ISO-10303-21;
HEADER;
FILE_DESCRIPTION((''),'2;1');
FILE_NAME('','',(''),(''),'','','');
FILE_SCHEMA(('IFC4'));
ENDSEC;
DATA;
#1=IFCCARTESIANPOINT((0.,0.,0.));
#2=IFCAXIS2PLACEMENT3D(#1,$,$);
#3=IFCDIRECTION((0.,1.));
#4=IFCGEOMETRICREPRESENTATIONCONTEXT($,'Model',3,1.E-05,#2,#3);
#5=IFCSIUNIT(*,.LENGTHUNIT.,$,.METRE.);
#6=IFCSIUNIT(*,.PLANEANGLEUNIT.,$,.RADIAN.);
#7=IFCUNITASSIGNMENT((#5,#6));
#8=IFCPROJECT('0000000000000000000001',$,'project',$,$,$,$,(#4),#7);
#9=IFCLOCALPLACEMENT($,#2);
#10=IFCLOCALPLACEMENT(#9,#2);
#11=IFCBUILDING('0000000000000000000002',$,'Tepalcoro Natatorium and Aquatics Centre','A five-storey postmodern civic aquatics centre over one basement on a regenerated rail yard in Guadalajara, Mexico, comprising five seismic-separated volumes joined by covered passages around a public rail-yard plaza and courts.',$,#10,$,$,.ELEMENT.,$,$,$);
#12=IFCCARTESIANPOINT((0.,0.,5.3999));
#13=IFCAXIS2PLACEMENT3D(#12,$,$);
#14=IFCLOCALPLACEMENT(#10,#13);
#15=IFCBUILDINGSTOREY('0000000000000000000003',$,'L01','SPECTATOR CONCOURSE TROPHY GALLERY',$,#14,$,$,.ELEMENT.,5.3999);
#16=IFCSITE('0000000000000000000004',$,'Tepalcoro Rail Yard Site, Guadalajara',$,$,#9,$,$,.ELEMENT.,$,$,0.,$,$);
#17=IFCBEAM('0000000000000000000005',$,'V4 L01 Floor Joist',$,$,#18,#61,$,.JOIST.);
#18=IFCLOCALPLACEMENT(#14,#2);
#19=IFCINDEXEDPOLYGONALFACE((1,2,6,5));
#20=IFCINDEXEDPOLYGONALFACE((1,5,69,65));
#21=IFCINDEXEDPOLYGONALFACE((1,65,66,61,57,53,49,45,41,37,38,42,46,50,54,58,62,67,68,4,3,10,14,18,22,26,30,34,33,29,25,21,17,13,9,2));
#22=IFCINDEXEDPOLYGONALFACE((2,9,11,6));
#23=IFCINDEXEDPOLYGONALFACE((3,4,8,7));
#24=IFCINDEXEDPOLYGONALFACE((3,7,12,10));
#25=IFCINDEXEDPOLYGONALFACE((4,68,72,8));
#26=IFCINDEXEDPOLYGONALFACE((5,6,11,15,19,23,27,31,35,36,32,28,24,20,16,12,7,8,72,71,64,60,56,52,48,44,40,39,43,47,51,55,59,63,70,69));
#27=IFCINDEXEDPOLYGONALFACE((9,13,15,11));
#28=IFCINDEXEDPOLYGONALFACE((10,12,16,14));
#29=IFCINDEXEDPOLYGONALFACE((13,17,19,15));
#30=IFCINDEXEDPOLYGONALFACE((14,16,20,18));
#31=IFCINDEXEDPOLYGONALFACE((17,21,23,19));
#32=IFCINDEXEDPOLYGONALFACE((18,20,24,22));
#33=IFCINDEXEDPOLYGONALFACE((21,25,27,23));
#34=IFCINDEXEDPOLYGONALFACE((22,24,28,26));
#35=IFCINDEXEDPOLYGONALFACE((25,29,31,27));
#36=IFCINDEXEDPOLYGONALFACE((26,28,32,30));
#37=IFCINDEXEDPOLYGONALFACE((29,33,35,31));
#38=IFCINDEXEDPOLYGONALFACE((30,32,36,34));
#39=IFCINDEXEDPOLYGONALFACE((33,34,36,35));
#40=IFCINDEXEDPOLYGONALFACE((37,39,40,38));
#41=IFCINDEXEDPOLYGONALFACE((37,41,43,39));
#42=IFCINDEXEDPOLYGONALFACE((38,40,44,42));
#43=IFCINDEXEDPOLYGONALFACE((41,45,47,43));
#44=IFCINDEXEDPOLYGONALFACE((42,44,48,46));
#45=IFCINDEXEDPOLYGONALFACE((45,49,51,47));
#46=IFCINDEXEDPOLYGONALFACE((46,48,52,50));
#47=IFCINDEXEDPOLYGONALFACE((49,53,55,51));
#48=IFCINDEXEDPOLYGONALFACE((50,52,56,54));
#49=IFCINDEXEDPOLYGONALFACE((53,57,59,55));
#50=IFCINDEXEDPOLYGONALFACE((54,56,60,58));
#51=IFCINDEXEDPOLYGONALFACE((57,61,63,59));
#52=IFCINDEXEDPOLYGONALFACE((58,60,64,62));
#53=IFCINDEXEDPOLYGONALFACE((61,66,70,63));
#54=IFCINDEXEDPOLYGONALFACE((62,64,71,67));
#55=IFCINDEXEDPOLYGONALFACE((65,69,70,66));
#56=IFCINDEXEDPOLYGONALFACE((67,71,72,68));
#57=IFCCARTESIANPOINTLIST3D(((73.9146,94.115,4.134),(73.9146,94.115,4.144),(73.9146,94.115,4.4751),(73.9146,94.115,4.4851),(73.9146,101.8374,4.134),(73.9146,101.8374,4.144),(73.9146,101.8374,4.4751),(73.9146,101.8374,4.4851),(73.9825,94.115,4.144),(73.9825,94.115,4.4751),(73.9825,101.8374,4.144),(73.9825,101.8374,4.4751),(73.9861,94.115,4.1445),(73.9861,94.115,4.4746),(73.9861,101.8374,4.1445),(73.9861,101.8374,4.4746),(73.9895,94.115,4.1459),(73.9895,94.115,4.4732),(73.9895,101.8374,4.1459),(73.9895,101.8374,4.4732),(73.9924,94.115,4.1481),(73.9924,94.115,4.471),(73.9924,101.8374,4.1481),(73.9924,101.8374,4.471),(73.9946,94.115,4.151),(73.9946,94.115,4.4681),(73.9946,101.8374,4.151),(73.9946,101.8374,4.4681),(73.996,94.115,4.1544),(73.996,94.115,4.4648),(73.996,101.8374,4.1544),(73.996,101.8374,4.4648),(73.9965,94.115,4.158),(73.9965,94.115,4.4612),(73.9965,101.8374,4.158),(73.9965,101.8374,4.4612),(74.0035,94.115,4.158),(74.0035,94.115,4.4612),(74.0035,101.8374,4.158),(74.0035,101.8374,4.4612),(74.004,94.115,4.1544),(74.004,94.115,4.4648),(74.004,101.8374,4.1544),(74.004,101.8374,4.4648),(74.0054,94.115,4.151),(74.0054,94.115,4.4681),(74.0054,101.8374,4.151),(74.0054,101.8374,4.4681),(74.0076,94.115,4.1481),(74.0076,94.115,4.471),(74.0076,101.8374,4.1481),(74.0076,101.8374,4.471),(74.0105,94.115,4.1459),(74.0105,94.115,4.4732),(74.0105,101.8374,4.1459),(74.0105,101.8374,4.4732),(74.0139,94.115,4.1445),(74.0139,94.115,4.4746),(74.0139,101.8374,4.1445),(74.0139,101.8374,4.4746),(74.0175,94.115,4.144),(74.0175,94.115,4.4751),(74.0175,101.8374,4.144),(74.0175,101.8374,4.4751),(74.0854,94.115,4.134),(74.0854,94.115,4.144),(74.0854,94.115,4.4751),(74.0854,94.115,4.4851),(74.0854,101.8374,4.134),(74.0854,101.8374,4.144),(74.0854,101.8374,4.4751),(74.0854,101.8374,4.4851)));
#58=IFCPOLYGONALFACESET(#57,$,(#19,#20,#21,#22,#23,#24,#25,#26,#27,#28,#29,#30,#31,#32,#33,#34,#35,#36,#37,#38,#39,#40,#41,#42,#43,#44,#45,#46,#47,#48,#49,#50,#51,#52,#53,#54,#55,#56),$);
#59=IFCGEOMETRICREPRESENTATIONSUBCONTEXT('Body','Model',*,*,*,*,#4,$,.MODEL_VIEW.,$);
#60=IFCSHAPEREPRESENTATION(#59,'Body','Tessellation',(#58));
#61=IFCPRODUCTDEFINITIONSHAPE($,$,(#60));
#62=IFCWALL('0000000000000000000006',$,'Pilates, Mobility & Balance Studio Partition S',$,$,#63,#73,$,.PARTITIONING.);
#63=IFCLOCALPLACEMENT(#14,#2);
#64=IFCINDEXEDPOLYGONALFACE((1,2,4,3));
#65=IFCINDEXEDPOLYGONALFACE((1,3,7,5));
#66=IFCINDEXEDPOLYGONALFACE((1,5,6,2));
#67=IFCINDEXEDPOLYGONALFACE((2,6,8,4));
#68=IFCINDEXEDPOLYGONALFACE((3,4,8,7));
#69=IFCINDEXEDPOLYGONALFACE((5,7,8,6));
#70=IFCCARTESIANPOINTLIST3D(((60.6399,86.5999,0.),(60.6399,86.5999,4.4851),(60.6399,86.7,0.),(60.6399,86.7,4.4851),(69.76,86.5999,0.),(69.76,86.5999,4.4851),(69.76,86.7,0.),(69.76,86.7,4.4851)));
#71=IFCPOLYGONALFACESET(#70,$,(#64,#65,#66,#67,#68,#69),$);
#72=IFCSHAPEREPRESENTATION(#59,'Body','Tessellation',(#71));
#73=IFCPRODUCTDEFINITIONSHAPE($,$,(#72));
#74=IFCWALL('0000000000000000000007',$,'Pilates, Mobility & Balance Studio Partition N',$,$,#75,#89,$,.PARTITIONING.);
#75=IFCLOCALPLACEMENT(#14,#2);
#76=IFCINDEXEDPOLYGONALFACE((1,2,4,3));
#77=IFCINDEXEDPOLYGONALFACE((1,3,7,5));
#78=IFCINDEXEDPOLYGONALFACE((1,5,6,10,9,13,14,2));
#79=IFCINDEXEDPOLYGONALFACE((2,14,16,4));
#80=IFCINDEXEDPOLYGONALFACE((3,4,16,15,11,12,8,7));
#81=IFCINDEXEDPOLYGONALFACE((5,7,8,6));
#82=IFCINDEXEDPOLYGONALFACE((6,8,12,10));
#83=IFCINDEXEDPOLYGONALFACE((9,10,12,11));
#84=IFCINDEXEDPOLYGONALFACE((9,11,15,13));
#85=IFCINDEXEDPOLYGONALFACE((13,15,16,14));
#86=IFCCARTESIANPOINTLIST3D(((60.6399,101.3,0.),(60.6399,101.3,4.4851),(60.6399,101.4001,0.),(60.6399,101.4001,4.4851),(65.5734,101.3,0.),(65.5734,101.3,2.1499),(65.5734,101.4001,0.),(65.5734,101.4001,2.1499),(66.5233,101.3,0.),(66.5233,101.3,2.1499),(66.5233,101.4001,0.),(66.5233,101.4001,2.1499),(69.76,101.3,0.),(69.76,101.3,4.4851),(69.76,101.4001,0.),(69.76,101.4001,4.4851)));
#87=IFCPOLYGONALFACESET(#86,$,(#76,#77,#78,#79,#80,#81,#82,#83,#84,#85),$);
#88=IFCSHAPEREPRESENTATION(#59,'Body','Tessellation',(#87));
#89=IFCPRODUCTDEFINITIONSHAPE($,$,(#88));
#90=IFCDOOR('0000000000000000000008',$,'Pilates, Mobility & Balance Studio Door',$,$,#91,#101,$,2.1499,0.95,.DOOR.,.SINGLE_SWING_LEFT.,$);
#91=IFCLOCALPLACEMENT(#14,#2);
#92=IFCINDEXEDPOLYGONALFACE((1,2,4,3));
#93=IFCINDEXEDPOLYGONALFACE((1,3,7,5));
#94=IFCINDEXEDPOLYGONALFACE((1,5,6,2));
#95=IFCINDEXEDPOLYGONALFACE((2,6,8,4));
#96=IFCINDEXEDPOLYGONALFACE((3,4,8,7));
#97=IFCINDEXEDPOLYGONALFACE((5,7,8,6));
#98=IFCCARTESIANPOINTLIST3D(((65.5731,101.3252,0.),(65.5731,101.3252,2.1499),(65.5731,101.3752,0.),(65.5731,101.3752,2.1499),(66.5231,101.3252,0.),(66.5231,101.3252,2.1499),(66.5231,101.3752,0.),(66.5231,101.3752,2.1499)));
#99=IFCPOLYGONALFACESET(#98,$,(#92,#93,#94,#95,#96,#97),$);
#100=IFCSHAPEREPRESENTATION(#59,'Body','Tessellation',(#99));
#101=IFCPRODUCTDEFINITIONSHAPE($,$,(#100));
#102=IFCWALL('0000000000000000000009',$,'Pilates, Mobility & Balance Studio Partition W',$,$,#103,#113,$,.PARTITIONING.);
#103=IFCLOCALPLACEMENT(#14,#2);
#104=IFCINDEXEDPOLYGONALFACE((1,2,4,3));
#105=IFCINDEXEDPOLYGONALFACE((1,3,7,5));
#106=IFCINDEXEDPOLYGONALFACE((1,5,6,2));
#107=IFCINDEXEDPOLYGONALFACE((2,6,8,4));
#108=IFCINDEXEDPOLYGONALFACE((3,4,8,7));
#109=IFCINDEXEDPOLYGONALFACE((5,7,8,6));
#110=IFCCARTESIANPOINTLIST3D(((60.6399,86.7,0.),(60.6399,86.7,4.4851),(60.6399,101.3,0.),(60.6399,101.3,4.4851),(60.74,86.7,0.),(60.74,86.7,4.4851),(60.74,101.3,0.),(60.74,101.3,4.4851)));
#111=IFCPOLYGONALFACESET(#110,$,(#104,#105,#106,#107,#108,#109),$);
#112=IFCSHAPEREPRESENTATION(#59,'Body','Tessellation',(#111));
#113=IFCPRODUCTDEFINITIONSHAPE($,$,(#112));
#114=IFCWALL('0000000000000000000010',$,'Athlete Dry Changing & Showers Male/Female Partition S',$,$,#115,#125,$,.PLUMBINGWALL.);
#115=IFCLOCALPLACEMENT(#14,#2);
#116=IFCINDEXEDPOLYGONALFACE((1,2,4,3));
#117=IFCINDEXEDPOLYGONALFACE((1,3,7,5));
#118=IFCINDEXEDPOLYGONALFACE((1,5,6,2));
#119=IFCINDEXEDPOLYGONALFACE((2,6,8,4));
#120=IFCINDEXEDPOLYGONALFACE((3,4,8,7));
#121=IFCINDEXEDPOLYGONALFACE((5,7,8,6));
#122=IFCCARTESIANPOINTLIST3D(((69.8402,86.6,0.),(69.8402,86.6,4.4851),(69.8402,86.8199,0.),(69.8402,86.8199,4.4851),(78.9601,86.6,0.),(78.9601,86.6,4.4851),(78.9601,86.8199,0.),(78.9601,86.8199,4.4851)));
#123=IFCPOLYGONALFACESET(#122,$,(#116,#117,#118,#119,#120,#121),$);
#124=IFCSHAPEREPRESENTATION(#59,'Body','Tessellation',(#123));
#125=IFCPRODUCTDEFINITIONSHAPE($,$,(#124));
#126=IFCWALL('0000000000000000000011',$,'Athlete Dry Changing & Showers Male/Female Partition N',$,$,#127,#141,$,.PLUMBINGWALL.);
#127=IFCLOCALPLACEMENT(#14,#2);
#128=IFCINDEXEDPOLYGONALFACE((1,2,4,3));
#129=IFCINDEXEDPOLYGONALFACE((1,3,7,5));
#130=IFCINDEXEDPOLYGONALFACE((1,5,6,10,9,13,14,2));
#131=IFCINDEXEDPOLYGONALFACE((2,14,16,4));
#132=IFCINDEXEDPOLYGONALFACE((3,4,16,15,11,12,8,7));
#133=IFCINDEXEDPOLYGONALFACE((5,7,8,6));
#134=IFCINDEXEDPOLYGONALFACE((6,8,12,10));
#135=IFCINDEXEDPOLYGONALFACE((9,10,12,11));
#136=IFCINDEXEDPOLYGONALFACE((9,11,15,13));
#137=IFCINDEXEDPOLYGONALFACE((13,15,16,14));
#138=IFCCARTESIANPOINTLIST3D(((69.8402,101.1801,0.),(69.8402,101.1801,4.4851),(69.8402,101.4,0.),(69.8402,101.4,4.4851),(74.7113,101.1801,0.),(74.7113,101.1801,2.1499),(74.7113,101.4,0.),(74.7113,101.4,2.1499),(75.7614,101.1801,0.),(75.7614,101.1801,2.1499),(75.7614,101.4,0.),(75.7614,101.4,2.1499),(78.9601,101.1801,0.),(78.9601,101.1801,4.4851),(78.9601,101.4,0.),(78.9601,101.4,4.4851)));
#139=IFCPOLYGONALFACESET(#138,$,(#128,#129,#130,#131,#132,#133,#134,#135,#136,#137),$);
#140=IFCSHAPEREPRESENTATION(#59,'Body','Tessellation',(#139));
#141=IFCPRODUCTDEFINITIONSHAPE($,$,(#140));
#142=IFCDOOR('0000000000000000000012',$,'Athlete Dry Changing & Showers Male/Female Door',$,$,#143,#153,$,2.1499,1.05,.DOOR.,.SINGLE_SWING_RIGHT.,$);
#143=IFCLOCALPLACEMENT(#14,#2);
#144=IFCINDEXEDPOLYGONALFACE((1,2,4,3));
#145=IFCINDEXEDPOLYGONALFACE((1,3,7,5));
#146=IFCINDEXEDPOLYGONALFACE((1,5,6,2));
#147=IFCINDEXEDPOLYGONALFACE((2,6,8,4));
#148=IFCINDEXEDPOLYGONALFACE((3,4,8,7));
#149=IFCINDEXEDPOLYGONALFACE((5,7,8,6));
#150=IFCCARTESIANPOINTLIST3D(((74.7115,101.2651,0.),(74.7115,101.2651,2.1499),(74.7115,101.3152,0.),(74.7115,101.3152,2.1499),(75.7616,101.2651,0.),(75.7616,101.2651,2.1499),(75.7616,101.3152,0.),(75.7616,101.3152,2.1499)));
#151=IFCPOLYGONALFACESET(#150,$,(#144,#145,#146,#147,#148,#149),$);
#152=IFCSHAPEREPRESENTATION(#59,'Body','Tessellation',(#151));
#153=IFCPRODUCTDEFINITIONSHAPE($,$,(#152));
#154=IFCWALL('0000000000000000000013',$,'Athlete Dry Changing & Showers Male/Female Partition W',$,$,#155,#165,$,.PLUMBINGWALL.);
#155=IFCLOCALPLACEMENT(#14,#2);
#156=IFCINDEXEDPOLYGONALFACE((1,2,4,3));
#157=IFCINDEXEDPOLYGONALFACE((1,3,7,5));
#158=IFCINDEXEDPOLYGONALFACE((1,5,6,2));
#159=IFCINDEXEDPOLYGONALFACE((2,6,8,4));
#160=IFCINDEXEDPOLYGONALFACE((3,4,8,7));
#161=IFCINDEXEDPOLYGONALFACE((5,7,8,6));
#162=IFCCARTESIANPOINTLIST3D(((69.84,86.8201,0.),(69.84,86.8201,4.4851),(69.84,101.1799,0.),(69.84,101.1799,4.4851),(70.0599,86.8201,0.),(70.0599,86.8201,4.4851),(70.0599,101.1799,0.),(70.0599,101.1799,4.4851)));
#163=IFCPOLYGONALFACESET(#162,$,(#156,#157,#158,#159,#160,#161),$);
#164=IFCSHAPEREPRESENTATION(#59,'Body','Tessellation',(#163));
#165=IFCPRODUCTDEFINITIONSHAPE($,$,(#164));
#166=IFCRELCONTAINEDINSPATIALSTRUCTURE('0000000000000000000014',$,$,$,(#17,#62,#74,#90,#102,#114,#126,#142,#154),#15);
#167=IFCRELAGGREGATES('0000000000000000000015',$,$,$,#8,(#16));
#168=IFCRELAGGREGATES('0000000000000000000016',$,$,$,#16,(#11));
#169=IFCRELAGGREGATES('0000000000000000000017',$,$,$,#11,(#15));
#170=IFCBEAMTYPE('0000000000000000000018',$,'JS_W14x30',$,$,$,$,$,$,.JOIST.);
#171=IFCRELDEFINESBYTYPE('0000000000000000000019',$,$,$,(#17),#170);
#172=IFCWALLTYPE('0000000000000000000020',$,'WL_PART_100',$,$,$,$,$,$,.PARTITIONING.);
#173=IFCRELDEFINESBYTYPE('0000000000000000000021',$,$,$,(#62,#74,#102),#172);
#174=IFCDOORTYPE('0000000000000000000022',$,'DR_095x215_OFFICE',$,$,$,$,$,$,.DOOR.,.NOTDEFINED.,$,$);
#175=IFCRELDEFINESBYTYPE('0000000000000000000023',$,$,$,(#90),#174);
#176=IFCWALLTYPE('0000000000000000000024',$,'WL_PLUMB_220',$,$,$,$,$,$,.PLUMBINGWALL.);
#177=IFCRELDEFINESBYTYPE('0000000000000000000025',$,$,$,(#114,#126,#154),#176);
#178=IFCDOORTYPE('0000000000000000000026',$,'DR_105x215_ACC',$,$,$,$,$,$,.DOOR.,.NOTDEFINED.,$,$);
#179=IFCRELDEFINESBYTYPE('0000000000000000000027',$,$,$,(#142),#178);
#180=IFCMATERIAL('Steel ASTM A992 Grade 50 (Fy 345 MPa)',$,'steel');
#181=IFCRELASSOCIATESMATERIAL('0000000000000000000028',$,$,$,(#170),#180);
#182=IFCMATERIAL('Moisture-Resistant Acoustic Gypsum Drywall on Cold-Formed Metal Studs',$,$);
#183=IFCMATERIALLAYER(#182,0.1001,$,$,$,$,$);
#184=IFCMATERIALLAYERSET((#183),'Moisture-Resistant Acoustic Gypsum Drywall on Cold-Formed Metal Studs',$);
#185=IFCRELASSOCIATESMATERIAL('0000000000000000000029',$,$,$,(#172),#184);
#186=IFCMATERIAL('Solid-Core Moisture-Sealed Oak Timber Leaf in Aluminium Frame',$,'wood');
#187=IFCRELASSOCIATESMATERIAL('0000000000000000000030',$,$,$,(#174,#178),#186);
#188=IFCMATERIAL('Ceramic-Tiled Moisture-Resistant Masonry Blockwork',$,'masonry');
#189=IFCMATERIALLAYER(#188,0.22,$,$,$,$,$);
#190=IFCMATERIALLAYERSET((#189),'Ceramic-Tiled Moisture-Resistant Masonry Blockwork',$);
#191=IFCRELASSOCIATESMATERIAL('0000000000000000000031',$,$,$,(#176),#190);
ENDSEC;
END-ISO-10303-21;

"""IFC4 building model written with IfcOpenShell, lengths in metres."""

from ifc_helpers import new_model, si_unit, direction, frame, frame_2d, origin, origin_2d, place, context, subcontext, project, spatial, rectangle, i_section, extrude, material, layer, layer_set, material_profile, profile_set, type_object, element, fill, save


model = new_model("IFC4")

# Units and contexts
model_context = context("Model", 3, precision=1e-05, world=origin(), true_north=direction((0.0, 1.0)))
body_context = subcontext(model_context, "Body", "Model", "MODEL_VIEW")
ifc_project = project(units=[si_unit("LENGTHUNIT", "METRE"), si_unit("PLANEANGLEUNIT", "RADIAN")], contexts=[model_context])

# Site, building, storey
site_placement = place(None, origin())
site = spatial("IfcSite", under=ifc_project, at=site_placement, Name="Tepalcoro Rail Yard Site, Guadalajara", CompositionType="ELEMENT", RefElevation=0.0)
building_placement = place(site_placement, origin())
building = spatial("IfcBuilding", under=site, at=building_placement, Name="Tepalcoro Natatorium and Aquatics Centre", Description="A five-storey postmodern civic aquatics centre over one basement on a regenerated rail yard in Guadalajara, Mexico, comprising five seismic-separated volumes joined by covered passages around a public rail-yard plaza and courts.", CompositionType="ELEMENT")
storey_placement = place(building_placement, frame((0.0, 0.0, 5.3999)))
storey = spatial("IfcBuildingStorey", under=building, at=storey_placement, Name="L01", Description="SPECTATOR CONCOURSE TROPHY GALLERY", CompositionType="ELEMENT", Elevation=5.3999)

# Beam
ifc_material_1 = material(Name="Steel ASTM A992 Grade 50 (Fy 345 MPa)", Category="steel")
ifc_material_profile_1 = material_profile(ifc_material_1, i_section(OverallWidth=0.1709, OverallDepth=0.3511, WebThickness=0.0071, FlangeThickness=0.01, FilletRadius=0.0139, at=origin_2d()), Name="W14X30")
ifc_profile_set_1 = profile_set([ifc_material_profile_1], Name="Steel ASTM A992 Grade 50 (Fy 345 MPa)")
beam_type_1 = type_object("IfcBeamType", Name="JS_W14x30", PredefinedType="JOIST", material=ifc_profile_set_1)
beam_1_placement = place(storey_placement, frame((74.0, 94.115, 4.3096), z_axis=(0.0, 1.0, 0.0), x_axis=(-1.0, 0.0, 0.0)))
element("IfcBeam", 1, at=beam_1_placement, inside=storey, type_object=beam_type_1, Name="V4 L01 Floor Joist", PredefinedType="JOIST", context=body_context, shape_type="SweptSolid", body=[
    extrude(i_section(OverallWidth=0.1709, OverallDepth=0.3511, WebThickness=0.0071, FlangeThickness=0.01, FilletRadius=0.0139, at=origin_2d()), origin(), (0.0, 0.0, 1.0), 7.7224),
])

# Wall
ifc_material_2 = material(Name="Moisture-Resistant Acoustic Gypsum Drywall on Cold-Formed Metal Studs")
ifc_layer_1 = layer(ifc_material_2, 0.1001)
ifc_layer_set_1 = layer_set([ifc_layer_1], Name="Moisture-Resistant Acoustic Gypsum Drywall on Cold-Formed Metal Studs")
wall_type_1 = type_object("IfcWallType", Name="WL_PART_100", PredefinedType="PARTITIONING", material=ifc_layer_set_1)
wall_1_placement = place(storey_placement, frame((60.6399, 86.6499, 0.0), z_axis=(0.0, 0.0, 1.0), x_axis=(1.0, 0.0, 0.0)))
element("IfcWall", 2, at=wall_1_placement, inside=storey, type_object=wall_type_1, Name="Pilates, Mobility & Balance Studio Partition S", PredefinedType="PARTITIONING", context=body_context, shape_type="SweptSolid", body=[
    extrude(rectangle(XDim=9.1201, YDim=0.1001, at=frame_2d((4.5601, 0.0))), origin(), (0.0, 0.0, 1.0), 4.4851),
])

# Wall, opening, door
wall_2_placement = place(storey_placement, frame((60.6399, 101.3501, 0.0), z_axis=(0.0, 0.0, 1.0), x_axis=(1.0, 0.0, 0.0)))
wall_2 = element("IfcWall", 3, at=wall_2_placement, inside=storey, type_object=wall_type_1, Name="Pilates, Mobility & Balance Studio Partition N", PredefinedType="PARTITIONING", context=body_context, shape_type="SweptSolid", body=[
    extrude(rectangle(XDim=9.1201, YDim=0.1001, at=frame_2d((4.5601, 0.0))), origin(), (0.0, 0.0, 1.0), 4.4851),
])
opening_1_placement = place(wall_2_placement, frame((4.9333, 0.0, 0.0)))
opening_1 = element("IfcOpeningElement", 4, at=opening_1_placement, cuts=wall_2, PredefinedType="OPENING", context=body_context, shape_type="SweptSolid", body=[
    extrude(rectangle(XDim=0.95, YDim=2.1499, at=frame_2d((0.4751, 1.075))), frame((0.0, 0.062, 0.0), z_axis=(0.0, -1.0, 0.0), x_axis=(1.0, 0.0, 0.0)), (0.0, 0.0, 1.0), 0.124),
])
ifc_material_3 = material(Name="Solid-Core Moisture-Sealed Oak Timber Leaf in Aluminium Frame", Category="wood")
door_type_1 = type_object("IfcDoorType", Name="DR_095x215_OFFICE", OperationType="NOTDEFINED", PredefinedType="DOOR", material=ifc_material_3)
door_1_placement = place(opening_1_placement, frame((0.95, 0.0, 0.0), z_axis=(0.0, 0.0, 1.0), x_axis=(-1.0, 0.0, 0.0)))
door_1 = element("IfcDoor", 5, at=door_1_placement, inside=storey, type_object=door_type_1, Name="Pilates, Mobility & Balance Studio Door", OperationType="SINGLE_SWING_LEFT", OverallHeight=2.1499, OverallWidth=0.95, PredefinedType="DOOR", context=body_context, shape_type="SweptSolid", body=[
    extrude(rectangle(XDim=0.95, YDim=2.1499, at=frame_2d((0.4751, 1.075))), frame((0.0, 0.0249, 0.0), z_axis=(0.0, -1.0, 0.0), x_axis=(1.0, 0.0, 0.0)), (0.0, 0.0, 1.0), 0.05),
])
fill(opening_1, door_1)

# Walls
wall_3_placement = place(storey_placement, frame((60.6899, 86.7, 0.0), z_axis=(0.0, 0.0, 1.0), x_axis=(0.0, 1.0, 0.0)))
element("IfcWall", 6, at=wall_3_placement, inside=storey, type_object=wall_type_1, Name="Pilates, Mobility & Balance Studio Partition W", PredefinedType="PARTITIONING", context=body_context, shape_type="SweptSolid", body=[
    extrude(rectangle(XDim=14.6001, YDim=0.1001, at=frame_2d((7.3, 0.0))), origin(), (0.0, 0.0, 1.0), 4.4851),
])
ifc_material_4 = material(Name="Ceramic-Tiled Moisture-Resistant Masonry Blockwork", Category="masonry")
ifc_layer_2 = layer(ifc_material_4, 0.22)
ifc_layer_set_2 = layer_set([ifc_layer_2], Name="Ceramic-Tiled Moisture-Resistant Masonry Blockwork")
wall_type_2 = type_object("IfcWallType", Name="WL_PLUMB_220", PredefinedType="PLUMBINGWALL", material=ifc_layer_set_2)
wall_4_placement = place(storey_placement, frame((69.8401, 86.71, 0.0), z_axis=(0.0, 0.0, 1.0), x_axis=(1.0, 0.0, 0.0)))
element("IfcWall", 7, at=wall_4_placement, inside=storey, type_object=wall_type_2, Name="Athlete Dry Changing & Showers Male/Female Partition S", PredefinedType="PLUMBINGWALL", context=body_context, shape_type="SweptSolid", body=[
    extrude(rectangle(XDim=9.1199, YDim=0.22, at=frame_2d((4.5601, 0.0))), origin(), (0.0, 0.0, 1.0), 4.4851),
])

# Wall, opening, door
wall_5_placement = place(storey_placement, frame((69.8401, 101.29, 0.0), z_axis=(0.0, 0.0, 1.0), x_axis=(1.0, 0.0, 0.0)))
wall_5 = element("IfcWall", 8, at=wall_5_placement, inside=storey, type_object=wall_type_2, Name="Athlete Dry Changing & Showers Male/Female Partition N", PredefinedType="PLUMBINGWALL", context=body_context, shape_type="SweptSolid", body=[
    extrude(rectangle(XDim=9.1199, YDim=0.22, at=frame_2d((4.5601, 0.0))), origin(), (0.0, 0.0, 1.0), 4.4851),
])
opening_2_placement = place(wall_5_placement, frame((4.8713, 0.0, 0.0)))
opening_2 = element("IfcOpeningElement", 9, at=opening_2_placement, cuts=wall_5, PredefinedType="OPENING", context=body_context, shape_type="SweptSolid", body=[
    extrude(rectangle(XDim=1.05, YDim=2.1499, at=frame_2d((0.5249, 1.075))), frame((0.0, 0.1221, 0.0), z_axis=(0.0, -1.0, 0.0), x_axis=(1.0, 0.0, 0.0)), (0.0, 0.0, 1.0), 0.2439),
])
door_type_2 = type_object("IfcDoorType", Name="DR_105x215_ACC", OperationType="NOTDEFINED", PredefinedType="DOOR", material=ifc_material_3)
door_2_placement = place(opening_2_placement, frame((1.05, 0.0, 0.0), z_axis=(0.0, 0.0, 1.0), x_axis=(-1.0, 0.0, 0.0)))
door_2 = element("IfcDoor", 10, at=door_2_placement, inside=storey, type_object=door_type_2, Name="Athlete Dry Changing & Showers Male/Female Door", OperationType="SINGLE_SWING_RIGHT", OverallHeight=2.1499, OverallWidth=1.05, PredefinedType="DOOR", context=body_context, shape_type="SweptSolid", body=[
    extrude(rectangle(XDim=1.05, YDim=2.1499, at=frame_2d((0.5249, 1.075))), frame((0.0, 0.0249, 0.0), z_axis=(0.0, -1.0, 0.0), x_axis=(1.0, 0.0, 0.0)), (0.0, 0.0, 1.0), 0.05),
])
fill(opening_2, door_2)

# Wall
wall_6_placement = place(storey_placement, frame((69.95, 86.8201, 0.0), z_axis=(0.0, 0.0, 1.0), x_axis=(0.0, 1.0, 0.0)))
element("IfcWall", 11, at=wall_6_placement, inside=storey, type_object=wall_type_2, Name="Athlete Dry Changing & Showers Male/Female Partition W", PredefinedType="PLUMBINGWALL", context=body_context, shape_type="SweptSolid", body=[
    extrude(rectangle(XDim=14.3599, YDim=0.22, at=frame_2d((7.1799, 0.0))), origin(), (0.0, 0.0, 1.0), 4.4851),
])

save(model, "model.ifc")
